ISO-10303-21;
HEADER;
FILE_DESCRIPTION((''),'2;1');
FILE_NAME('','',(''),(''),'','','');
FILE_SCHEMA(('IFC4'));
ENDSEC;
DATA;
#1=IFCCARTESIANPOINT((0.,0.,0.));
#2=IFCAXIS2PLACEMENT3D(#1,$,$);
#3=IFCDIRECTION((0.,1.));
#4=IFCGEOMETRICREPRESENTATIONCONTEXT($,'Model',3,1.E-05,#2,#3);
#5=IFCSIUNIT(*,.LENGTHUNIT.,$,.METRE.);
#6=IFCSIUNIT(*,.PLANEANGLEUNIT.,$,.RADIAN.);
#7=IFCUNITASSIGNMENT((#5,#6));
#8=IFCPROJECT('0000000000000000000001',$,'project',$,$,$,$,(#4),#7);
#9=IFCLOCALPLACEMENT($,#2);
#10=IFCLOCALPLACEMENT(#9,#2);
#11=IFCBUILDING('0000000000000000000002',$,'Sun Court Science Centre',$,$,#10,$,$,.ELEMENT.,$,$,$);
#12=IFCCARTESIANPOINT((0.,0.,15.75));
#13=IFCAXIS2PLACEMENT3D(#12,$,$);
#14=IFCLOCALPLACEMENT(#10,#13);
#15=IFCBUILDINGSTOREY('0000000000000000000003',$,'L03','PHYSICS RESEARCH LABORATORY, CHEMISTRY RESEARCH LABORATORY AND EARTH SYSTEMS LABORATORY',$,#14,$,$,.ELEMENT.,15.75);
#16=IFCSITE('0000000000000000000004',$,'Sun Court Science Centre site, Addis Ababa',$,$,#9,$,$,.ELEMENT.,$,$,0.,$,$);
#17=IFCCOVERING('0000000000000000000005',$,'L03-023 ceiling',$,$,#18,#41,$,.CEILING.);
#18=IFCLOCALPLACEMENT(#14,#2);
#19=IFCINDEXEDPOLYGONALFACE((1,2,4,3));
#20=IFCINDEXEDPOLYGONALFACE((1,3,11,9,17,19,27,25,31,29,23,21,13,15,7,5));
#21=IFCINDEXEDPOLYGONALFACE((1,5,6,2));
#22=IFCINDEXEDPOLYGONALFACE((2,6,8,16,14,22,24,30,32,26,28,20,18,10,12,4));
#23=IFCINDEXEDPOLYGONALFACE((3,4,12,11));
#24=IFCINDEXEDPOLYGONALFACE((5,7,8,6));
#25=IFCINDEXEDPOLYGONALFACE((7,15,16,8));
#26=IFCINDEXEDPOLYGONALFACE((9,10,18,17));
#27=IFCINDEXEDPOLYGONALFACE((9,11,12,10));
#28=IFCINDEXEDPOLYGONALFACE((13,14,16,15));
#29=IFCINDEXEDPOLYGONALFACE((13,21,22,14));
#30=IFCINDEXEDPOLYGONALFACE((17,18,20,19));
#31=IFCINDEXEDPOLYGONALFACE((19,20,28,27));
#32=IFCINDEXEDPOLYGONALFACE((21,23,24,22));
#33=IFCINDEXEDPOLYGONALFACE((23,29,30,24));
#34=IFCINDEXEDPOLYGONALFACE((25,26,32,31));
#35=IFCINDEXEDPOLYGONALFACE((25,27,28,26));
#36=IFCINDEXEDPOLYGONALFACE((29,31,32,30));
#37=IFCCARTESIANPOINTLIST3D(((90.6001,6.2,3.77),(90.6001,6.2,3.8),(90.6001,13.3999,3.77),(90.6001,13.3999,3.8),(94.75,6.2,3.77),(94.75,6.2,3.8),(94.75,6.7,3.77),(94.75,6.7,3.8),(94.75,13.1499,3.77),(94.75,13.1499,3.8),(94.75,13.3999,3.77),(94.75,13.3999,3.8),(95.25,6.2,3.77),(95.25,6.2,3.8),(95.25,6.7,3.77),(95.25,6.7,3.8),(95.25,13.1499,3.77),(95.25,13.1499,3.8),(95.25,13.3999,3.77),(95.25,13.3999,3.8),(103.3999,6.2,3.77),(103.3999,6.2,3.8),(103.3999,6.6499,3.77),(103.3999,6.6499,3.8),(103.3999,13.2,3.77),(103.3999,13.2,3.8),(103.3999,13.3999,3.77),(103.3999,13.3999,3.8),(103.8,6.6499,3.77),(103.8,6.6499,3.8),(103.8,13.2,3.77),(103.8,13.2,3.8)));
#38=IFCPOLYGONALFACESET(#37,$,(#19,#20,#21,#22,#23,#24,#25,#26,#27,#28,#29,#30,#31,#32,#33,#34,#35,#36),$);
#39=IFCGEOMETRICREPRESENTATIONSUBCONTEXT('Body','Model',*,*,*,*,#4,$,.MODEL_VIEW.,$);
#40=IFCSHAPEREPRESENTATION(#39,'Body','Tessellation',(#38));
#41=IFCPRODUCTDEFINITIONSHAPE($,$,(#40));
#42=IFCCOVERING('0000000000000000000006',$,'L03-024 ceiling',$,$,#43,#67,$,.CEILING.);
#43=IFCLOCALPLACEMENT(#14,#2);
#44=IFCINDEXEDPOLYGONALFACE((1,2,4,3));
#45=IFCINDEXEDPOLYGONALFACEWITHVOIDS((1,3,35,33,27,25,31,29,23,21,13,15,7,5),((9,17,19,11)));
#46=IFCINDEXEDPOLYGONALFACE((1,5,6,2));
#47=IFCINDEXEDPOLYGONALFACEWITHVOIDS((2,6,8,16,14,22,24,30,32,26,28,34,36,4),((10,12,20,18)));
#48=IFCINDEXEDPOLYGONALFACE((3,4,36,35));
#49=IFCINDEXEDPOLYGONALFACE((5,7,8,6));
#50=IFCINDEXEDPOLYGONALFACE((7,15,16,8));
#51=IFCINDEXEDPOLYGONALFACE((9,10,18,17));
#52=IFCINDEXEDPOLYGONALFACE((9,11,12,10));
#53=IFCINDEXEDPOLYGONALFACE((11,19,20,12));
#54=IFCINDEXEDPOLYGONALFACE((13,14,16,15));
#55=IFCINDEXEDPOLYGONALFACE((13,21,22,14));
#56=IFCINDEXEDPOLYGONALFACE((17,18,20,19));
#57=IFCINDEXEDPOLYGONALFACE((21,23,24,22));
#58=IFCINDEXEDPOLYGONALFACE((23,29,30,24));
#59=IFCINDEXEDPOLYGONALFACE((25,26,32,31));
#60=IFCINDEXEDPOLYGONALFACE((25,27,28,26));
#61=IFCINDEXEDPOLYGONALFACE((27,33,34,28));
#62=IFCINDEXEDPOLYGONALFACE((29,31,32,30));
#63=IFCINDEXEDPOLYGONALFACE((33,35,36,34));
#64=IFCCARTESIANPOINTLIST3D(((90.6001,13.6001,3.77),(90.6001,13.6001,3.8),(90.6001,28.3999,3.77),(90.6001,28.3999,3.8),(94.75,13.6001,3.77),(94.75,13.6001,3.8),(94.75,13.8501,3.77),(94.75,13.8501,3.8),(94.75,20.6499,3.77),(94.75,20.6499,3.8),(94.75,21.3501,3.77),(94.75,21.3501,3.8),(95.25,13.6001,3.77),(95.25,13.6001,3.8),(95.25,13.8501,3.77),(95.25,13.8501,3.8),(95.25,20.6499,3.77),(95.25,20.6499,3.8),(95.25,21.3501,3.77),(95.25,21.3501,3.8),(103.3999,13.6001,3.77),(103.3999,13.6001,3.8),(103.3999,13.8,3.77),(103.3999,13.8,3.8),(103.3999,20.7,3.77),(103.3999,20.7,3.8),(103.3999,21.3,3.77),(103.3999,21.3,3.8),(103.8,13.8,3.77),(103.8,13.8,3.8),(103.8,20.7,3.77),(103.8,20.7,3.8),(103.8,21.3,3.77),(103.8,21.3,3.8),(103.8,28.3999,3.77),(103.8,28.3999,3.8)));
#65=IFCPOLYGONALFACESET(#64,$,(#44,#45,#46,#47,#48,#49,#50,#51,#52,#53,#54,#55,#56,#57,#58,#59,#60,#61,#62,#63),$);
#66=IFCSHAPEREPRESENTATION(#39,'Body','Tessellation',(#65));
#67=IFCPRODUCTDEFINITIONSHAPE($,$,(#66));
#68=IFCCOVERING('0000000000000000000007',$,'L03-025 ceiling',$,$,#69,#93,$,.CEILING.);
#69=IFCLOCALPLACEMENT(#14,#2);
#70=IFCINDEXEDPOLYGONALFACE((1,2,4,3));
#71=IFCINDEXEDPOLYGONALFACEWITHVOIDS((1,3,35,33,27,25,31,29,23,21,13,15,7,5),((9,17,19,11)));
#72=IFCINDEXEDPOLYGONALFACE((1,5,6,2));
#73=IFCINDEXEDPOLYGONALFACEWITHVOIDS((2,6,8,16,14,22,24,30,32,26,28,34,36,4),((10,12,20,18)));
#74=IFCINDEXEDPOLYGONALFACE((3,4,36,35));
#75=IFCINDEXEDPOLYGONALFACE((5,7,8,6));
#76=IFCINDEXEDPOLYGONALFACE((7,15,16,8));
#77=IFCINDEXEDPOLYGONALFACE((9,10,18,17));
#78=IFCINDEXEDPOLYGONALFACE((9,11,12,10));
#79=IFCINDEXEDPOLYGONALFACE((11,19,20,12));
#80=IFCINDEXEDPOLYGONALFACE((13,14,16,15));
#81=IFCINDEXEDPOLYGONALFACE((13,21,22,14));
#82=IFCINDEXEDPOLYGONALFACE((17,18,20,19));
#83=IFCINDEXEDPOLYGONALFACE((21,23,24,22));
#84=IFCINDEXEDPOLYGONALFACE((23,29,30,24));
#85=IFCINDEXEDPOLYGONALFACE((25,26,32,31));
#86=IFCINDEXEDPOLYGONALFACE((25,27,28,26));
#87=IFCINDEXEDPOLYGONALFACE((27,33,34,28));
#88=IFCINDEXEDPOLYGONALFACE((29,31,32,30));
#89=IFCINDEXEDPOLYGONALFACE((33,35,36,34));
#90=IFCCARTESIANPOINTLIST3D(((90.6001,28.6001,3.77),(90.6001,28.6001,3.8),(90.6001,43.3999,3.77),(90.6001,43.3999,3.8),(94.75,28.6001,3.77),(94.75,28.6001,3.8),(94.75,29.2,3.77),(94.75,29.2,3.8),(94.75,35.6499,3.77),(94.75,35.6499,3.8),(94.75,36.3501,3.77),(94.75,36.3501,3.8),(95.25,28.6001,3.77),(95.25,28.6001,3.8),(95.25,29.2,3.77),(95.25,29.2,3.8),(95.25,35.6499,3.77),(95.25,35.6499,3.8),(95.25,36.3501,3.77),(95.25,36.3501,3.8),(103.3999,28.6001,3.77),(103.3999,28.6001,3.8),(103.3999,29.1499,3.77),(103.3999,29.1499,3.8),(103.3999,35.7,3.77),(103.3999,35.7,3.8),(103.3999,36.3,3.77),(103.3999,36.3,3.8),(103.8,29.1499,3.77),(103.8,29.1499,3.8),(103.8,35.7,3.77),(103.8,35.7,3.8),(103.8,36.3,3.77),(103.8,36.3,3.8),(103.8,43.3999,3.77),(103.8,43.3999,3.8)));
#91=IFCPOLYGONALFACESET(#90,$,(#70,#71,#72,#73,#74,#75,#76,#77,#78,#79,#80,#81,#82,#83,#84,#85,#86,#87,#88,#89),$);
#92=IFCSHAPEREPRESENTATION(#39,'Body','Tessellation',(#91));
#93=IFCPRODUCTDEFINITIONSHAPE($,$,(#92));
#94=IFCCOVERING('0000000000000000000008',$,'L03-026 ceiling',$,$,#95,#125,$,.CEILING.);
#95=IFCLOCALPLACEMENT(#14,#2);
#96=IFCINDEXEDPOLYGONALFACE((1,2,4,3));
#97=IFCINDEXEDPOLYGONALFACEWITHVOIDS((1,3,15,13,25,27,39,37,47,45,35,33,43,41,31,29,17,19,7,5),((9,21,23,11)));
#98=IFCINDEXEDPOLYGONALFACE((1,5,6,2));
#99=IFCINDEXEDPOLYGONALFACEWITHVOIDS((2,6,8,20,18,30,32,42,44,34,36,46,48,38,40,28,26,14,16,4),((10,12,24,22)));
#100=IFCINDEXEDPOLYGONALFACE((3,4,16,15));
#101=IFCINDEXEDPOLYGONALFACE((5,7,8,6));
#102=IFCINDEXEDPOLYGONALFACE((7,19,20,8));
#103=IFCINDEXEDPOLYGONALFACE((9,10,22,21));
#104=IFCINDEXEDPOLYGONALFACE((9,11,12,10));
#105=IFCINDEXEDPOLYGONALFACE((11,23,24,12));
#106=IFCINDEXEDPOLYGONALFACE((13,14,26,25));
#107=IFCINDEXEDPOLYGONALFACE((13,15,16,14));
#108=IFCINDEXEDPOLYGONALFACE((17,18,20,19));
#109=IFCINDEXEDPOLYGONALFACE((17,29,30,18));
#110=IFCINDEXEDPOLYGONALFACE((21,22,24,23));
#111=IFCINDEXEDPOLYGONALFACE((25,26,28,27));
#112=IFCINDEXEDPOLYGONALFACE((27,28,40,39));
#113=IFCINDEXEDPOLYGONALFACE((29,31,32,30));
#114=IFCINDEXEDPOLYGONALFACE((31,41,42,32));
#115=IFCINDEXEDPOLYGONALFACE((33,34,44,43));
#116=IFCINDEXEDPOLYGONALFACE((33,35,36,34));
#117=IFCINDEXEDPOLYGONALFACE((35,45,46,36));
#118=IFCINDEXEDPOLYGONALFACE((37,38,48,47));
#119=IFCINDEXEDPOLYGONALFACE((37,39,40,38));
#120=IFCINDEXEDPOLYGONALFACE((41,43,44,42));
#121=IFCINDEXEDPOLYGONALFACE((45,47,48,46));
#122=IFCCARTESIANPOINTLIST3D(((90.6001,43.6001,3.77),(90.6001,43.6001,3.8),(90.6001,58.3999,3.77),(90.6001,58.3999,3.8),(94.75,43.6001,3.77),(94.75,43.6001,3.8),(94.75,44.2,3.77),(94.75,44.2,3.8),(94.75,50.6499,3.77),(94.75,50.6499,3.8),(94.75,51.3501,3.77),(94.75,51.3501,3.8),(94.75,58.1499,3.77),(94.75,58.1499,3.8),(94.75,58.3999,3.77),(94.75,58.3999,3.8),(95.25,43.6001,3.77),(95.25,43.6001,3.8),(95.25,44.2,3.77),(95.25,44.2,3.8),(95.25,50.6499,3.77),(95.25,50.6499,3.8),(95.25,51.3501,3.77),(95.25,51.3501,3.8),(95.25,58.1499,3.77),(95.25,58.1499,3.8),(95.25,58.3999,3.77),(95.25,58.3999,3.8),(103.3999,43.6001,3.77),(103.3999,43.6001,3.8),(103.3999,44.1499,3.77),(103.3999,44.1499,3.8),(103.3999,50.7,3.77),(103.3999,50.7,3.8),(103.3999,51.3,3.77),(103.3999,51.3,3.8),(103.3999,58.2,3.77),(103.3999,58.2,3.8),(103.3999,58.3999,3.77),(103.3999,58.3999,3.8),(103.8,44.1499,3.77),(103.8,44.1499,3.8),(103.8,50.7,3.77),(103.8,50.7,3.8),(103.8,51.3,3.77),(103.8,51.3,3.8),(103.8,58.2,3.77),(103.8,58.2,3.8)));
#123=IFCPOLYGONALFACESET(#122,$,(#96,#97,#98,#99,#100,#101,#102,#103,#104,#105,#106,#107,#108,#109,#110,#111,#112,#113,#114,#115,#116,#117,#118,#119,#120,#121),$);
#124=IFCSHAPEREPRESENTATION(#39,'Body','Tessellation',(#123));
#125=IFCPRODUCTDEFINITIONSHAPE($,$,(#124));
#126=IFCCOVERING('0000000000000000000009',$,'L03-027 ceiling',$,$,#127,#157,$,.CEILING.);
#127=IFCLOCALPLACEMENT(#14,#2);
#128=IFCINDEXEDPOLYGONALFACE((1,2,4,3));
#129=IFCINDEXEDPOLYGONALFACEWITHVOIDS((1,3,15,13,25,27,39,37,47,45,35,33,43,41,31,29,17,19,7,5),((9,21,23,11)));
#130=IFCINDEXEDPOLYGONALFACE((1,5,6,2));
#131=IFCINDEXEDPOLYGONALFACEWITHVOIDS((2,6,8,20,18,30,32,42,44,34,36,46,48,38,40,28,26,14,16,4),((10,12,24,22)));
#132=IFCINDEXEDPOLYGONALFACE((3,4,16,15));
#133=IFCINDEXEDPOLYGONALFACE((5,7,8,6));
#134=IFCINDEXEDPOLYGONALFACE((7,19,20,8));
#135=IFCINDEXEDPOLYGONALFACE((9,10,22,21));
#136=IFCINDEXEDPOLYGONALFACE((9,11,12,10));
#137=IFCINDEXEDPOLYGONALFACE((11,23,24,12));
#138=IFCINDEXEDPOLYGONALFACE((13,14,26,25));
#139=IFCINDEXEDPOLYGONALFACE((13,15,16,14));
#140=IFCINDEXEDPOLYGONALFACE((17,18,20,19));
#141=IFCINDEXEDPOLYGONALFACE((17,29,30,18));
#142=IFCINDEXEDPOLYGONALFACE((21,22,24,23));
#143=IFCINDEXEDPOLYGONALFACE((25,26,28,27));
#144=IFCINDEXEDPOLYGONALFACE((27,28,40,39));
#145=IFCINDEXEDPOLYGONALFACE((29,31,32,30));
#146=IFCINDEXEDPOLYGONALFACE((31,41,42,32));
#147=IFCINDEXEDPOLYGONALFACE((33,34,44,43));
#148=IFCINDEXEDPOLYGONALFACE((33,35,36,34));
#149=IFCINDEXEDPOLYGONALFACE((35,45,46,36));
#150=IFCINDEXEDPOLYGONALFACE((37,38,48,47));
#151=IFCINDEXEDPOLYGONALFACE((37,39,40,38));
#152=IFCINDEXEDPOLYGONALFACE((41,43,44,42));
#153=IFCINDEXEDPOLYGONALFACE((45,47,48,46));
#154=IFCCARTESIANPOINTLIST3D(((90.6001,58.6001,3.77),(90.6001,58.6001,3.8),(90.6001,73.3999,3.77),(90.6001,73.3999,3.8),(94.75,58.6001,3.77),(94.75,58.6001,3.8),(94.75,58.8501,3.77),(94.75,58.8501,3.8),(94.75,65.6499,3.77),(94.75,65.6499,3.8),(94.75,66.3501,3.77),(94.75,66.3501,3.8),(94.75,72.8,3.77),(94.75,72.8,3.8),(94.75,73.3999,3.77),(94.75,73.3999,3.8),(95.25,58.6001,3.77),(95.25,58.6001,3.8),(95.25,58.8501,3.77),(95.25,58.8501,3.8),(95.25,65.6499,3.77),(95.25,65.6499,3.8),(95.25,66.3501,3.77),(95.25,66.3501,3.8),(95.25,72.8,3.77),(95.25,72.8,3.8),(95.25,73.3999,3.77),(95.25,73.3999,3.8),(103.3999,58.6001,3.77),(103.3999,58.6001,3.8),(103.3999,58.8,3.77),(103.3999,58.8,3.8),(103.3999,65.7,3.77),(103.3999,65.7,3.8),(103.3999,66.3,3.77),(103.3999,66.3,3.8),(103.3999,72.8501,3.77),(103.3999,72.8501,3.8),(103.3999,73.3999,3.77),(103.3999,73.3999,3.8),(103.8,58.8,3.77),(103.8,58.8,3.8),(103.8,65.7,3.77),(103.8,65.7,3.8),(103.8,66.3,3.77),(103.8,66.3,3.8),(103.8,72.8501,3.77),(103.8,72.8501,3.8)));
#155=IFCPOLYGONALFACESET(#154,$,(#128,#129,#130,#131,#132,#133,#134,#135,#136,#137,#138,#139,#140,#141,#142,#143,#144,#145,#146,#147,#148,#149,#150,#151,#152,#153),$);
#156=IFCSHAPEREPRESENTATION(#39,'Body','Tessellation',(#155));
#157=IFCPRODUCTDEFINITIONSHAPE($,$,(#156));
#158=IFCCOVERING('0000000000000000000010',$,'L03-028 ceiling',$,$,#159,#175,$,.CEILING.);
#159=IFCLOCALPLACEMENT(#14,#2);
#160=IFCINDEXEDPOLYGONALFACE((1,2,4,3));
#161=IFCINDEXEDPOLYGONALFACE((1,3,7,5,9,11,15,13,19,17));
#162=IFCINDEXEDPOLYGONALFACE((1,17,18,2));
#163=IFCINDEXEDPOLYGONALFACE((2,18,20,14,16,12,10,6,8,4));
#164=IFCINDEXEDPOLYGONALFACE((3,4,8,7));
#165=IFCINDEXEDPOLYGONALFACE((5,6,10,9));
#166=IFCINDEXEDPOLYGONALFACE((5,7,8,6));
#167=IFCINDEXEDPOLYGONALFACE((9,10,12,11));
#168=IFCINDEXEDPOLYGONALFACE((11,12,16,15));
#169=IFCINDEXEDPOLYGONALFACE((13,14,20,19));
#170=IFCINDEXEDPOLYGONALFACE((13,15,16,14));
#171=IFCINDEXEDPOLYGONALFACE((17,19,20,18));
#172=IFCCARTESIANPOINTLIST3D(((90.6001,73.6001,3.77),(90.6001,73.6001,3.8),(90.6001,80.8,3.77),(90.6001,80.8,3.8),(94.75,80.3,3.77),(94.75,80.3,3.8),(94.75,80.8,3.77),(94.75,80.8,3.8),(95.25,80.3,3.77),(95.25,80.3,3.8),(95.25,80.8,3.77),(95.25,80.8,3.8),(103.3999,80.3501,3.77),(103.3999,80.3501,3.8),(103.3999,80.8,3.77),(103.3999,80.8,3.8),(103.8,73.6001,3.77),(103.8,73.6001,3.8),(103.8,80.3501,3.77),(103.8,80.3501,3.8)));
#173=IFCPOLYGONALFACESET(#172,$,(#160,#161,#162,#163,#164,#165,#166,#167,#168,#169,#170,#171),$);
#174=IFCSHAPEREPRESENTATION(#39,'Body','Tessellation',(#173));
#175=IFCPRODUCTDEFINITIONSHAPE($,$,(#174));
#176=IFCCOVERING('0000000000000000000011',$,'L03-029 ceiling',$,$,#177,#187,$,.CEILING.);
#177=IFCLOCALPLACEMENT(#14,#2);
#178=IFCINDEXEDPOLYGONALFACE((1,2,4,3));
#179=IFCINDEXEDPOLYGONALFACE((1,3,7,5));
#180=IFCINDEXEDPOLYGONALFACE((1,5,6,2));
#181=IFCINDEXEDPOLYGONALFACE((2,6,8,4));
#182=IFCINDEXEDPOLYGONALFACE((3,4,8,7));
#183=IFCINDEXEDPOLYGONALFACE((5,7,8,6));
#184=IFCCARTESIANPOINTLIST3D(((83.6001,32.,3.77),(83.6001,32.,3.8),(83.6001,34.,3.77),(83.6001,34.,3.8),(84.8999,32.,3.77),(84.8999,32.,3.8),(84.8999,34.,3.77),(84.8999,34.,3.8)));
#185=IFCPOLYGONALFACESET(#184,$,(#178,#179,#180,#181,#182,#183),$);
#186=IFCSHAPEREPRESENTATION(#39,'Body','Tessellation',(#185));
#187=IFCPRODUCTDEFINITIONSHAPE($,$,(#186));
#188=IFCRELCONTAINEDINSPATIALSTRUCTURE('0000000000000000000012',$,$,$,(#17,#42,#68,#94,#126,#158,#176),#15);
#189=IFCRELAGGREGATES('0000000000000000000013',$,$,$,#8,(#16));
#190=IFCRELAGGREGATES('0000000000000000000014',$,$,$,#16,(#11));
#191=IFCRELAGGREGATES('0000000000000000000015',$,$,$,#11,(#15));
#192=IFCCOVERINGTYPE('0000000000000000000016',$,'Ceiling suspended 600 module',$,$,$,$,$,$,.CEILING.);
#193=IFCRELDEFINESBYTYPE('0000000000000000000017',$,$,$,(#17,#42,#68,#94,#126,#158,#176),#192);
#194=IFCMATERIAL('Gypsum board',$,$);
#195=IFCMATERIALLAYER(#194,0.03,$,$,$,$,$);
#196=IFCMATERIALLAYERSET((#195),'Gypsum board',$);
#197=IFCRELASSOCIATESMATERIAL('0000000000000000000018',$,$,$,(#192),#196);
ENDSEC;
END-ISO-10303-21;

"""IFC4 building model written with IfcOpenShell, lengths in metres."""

from ifc_helpers import new_model, si_unit, direction, frame, origin, place, context, subcontext, project, spatial, polyline, outline, extrude, material, layer, layer_set, type_object, element, save


model = new_model("IFC4")

# Units and contexts
model_context = context("Model", 3, precision=1e-05, world=origin(), true_north=direction((0.0, 1.0)))
body_context = subcontext(model_context, "Body", "Model", "MODEL_VIEW")
ifc_project = project(units=[si_unit("LENGTHUNIT", "METRE"), si_unit("PLANEANGLEUNIT", "RADIAN")], contexts=[model_context])

# Site, building, storey
site_placement = place(None, origin())
site = spatial("IfcSite", under=ifc_project, at=site_placement, Name="Sun Court Science Centre site, Addis Ababa", CompositionType="ELEMENT", RefElevation=0.0)
building_placement = place(site_placement, origin())
building = spatial("IfcBuilding", under=site, at=building_placement, Name="Sun Court Science Centre", CompositionType="ELEMENT")
storey_placement = place(building_placement, frame((0.0, 0.0, 15.75)))
storey = spatial("IfcBuildingStorey", under=building, at=storey_placement, Name="L03", Description="PHYSICS RESEARCH LABORATORY, CHEMISTRY RESEARCH LABORATORY AND EARTH SYSTEMS LABORATORY", CompositionType="ELEMENT", Elevation=15.75)

# Coverings
ifc_material_1 = material(Name="Gypsum board")
ifc_layer_1 = layer(ifc_material_1, 0.03)
ifc_layer_set_1 = layer_set([ifc_layer_1], Name="Gypsum board")
covering_type_1 = type_object("IfcCoveringType", Name="Ceiling suspended 600 module", PredefinedType="CEILING", material=ifc_layer_set_1)
covering_1_placement = place(storey_placement, frame((0.0, 0.0, 3.77)))
element("IfcCovering", 1, at=covering_1_placement, inside=storey, type_object=covering_type_1, Name="L03-023 ceiling", PredefinedType="CEILING", context=body_context, shape_type="SweptSolid", body=[
    extrude(outline(polyline([(103.3999, 6.2), (95.25, 6.2), (95.25, 6.7), (94.75, 6.7), (94.75, 6.2), (90.6001, 6.2), (90.6001, 13.3999), (94.75, 13.3999), (94.75, 13.1499), (95.25, 13.1499), (95.25, 13.3999), (103.3999, 13.3999), (103.3999, 13.2), (103.8, 13.2), (103.8, 6.6499), (103.3999, 6.6499), (103.3999, 6.2)])), origin(), (0.0, 0.0, 1.0), 0.03),
])
covering_2_placement = place(storey_placement, frame((0.0, 0.0, 3.77)))
element("IfcCovering", 2, at=covering_2_placement, inside=storey, type_object=covering_type_1, Name="L03-024 ceiling", PredefinedType="CEILING", context=body_context, shape_type="SweptSolid", body=[
    extrude(outline(polyline([(95.25, 13.6001), (95.25, 13.8501), (94.75, 13.8501), (94.75, 13.6001), (90.6001, 13.6001), (90.6001, 28.3999), (103.8, 28.3999), (103.8, 21.3), (103.3999, 21.3), (103.3999, 20.7), (103.8, 20.7), (103.8, 13.8), (103.3999, 13.8), (103.3999, 13.6001), (95.25, 13.6001)]), holes=[polyline([(95.25, 21.3501), (94.75, 21.3501), (94.75, 20.6499), (95.25, 20.6499), (95.25, 21.3501)])]), origin(), (0.0, 0.0, 1.0), 0.03),
])
covering_3_placement = place(storey_placement, frame((0.0, 0.0, 3.77)))
element("IfcCovering", 3, at=covering_3_placement, inside=storey, type_object=covering_type_1, Name="L03-025 ceiling", PredefinedType="CEILING", context=body_context, shape_type="SweptSolid", body=[
    extrude(outline(polyline([(95.25, 28.6001), (95.25, 29.2), (94.75, 29.2), (94.75, 28.6001), (90.6001, 28.6001), (90.6001, 43.3999), (103.8, 43.3999), (103.8, 36.3), (103.3999, 36.3), (103.3999, 35.7), (103.8, 35.7), (103.8, 29.1499), (103.3999, 29.1499), (103.3999, 28.6001), (95.25, 28.6001)]), holes=[polyline([(95.25, 35.6499), (95.25, 36.3501), (94.75, 36.3501), (94.75, 35.6499), (95.25, 35.6499)])]), origin(), (0.0, 0.0, 1.0), 0.03),
])
covering_4_placement = place(storey_placement, frame((0.0, 0.0, 3.77)))
element("IfcCovering", 4, at=covering_4_placement, inside=storey, type_object=covering_type_1, Name="L03-026 ceiling", PredefinedType="CEILING", context=body_context, shape_type="SweptSolid", body=[
    extrude(outline(polyline([(95.25, 43.6001), (95.25, 44.2), (94.75, 44.2), (94.75, 43.6001), (90.6001, 43.6001), (90.6001, 58.3999), (94.75, 58.3999), (94.75, 58.1499), (95.25, 58.1499), (95.25, 58.3999), (103.3999, 58.3999), (103.3999, 58.2), (103.8, 58.2), (103.8, 51.3), (103.3999, 51.3), (103.3999, 50.7), (103.8, 50.7), (103.8, 44.1499), (103.3999, 44.1499), (103.3999, 43.6001), (95.25, 43.6001)]), holes=[polyline([(95.25, 50.6499), (95.25, 51.3501), (94.75, 51.3501), (94.75, 50.6499), (95.25, 50.6499)])]), origin(), (0.0, 0.0, 1.0), 0.03),
])
covering_5_placement = place(storey_placement, frame((0.0, 0.0, 3.77)))
element("IfcCovering", 5, at=covering_5_placement, inside=storey, type_object=covering_type_1, Name="L03-027 ceiling", PredefinedType="CEILING", context=body_context, shape_type="SweptSolid", body=[
    extrude(outline(polyline([(95.25, 58.6001), (95.25, 58.8501), (94.75, 58.8501), (94.75, 58.6001), (90.6001, 58.6001), (90.6001, 73.3999), (94.75, 73.3999), (94.75, 72.8), (95.25, 72.8), (95.25, 73.3999), (103.3999, 73.3999), (103.3999, 72.8501), (103.8, 72.8501), (103.8, 66.3), (103.3999, 66.3), (103.3999, 65.7), (103.8, 65.7), (103.8, 58.8), (103.3999, 58.8), (103.3999, 58.6001), (95.25, 58.6001)]), holes=[polyline([(95.25, 66.3501), (94.75, 66.3501), (94.75, 65.6499), (95.25, 65.6499), (95.25, 66.3501)])]), origin(), (0.0, 0.0, 1.0), 0.03),
])
covering_6_placement = place(storey_placement, frame((0.0, 0.0, 3.77)))
element("IfcCovering", 6, at=covering_6_placement, inside=storey, type_object=covering_type_1, Name="L03-028 ceiling", PredefinedType="CEILING", context=body_context, shape_type="SweptSolid", body=[
    extrude(outline(polyline([(103.8, 80.3501), (103.8, 73.6001), (90.6001, 73.6001), (90.6001, 80.8), (94.75, 80.8), (94.75, 80.3), (95.25, 80.3), (95.25, 80.8), (103.3999, 80.8), (103.3999, 80.3501), (103.8, 80.3501)])), origin(), (0.0, 0.0, 1.0), 0.03),
])
covering_7_placement = place(storey_placement, frame((0.0, 0.0, 3.77)))
element("IfcCovering", 7, at=covering_7_placement, inside=storey, type_object=covering_type_1, Name="L03-029 ceiling", PredefinedType="CEILING", context=body_context, shape_type="SweptSolid", body=[
    extrude(outline(polyline([(84.8999, 34.0), (84.8999, 32.0), (83.6001, 32.0), (83.6001, 34.0), (84.8999, 34.0)])), origin(), (0.0, 0.0, 1.0), 0.03),
])

save(model, "model.ifc")
